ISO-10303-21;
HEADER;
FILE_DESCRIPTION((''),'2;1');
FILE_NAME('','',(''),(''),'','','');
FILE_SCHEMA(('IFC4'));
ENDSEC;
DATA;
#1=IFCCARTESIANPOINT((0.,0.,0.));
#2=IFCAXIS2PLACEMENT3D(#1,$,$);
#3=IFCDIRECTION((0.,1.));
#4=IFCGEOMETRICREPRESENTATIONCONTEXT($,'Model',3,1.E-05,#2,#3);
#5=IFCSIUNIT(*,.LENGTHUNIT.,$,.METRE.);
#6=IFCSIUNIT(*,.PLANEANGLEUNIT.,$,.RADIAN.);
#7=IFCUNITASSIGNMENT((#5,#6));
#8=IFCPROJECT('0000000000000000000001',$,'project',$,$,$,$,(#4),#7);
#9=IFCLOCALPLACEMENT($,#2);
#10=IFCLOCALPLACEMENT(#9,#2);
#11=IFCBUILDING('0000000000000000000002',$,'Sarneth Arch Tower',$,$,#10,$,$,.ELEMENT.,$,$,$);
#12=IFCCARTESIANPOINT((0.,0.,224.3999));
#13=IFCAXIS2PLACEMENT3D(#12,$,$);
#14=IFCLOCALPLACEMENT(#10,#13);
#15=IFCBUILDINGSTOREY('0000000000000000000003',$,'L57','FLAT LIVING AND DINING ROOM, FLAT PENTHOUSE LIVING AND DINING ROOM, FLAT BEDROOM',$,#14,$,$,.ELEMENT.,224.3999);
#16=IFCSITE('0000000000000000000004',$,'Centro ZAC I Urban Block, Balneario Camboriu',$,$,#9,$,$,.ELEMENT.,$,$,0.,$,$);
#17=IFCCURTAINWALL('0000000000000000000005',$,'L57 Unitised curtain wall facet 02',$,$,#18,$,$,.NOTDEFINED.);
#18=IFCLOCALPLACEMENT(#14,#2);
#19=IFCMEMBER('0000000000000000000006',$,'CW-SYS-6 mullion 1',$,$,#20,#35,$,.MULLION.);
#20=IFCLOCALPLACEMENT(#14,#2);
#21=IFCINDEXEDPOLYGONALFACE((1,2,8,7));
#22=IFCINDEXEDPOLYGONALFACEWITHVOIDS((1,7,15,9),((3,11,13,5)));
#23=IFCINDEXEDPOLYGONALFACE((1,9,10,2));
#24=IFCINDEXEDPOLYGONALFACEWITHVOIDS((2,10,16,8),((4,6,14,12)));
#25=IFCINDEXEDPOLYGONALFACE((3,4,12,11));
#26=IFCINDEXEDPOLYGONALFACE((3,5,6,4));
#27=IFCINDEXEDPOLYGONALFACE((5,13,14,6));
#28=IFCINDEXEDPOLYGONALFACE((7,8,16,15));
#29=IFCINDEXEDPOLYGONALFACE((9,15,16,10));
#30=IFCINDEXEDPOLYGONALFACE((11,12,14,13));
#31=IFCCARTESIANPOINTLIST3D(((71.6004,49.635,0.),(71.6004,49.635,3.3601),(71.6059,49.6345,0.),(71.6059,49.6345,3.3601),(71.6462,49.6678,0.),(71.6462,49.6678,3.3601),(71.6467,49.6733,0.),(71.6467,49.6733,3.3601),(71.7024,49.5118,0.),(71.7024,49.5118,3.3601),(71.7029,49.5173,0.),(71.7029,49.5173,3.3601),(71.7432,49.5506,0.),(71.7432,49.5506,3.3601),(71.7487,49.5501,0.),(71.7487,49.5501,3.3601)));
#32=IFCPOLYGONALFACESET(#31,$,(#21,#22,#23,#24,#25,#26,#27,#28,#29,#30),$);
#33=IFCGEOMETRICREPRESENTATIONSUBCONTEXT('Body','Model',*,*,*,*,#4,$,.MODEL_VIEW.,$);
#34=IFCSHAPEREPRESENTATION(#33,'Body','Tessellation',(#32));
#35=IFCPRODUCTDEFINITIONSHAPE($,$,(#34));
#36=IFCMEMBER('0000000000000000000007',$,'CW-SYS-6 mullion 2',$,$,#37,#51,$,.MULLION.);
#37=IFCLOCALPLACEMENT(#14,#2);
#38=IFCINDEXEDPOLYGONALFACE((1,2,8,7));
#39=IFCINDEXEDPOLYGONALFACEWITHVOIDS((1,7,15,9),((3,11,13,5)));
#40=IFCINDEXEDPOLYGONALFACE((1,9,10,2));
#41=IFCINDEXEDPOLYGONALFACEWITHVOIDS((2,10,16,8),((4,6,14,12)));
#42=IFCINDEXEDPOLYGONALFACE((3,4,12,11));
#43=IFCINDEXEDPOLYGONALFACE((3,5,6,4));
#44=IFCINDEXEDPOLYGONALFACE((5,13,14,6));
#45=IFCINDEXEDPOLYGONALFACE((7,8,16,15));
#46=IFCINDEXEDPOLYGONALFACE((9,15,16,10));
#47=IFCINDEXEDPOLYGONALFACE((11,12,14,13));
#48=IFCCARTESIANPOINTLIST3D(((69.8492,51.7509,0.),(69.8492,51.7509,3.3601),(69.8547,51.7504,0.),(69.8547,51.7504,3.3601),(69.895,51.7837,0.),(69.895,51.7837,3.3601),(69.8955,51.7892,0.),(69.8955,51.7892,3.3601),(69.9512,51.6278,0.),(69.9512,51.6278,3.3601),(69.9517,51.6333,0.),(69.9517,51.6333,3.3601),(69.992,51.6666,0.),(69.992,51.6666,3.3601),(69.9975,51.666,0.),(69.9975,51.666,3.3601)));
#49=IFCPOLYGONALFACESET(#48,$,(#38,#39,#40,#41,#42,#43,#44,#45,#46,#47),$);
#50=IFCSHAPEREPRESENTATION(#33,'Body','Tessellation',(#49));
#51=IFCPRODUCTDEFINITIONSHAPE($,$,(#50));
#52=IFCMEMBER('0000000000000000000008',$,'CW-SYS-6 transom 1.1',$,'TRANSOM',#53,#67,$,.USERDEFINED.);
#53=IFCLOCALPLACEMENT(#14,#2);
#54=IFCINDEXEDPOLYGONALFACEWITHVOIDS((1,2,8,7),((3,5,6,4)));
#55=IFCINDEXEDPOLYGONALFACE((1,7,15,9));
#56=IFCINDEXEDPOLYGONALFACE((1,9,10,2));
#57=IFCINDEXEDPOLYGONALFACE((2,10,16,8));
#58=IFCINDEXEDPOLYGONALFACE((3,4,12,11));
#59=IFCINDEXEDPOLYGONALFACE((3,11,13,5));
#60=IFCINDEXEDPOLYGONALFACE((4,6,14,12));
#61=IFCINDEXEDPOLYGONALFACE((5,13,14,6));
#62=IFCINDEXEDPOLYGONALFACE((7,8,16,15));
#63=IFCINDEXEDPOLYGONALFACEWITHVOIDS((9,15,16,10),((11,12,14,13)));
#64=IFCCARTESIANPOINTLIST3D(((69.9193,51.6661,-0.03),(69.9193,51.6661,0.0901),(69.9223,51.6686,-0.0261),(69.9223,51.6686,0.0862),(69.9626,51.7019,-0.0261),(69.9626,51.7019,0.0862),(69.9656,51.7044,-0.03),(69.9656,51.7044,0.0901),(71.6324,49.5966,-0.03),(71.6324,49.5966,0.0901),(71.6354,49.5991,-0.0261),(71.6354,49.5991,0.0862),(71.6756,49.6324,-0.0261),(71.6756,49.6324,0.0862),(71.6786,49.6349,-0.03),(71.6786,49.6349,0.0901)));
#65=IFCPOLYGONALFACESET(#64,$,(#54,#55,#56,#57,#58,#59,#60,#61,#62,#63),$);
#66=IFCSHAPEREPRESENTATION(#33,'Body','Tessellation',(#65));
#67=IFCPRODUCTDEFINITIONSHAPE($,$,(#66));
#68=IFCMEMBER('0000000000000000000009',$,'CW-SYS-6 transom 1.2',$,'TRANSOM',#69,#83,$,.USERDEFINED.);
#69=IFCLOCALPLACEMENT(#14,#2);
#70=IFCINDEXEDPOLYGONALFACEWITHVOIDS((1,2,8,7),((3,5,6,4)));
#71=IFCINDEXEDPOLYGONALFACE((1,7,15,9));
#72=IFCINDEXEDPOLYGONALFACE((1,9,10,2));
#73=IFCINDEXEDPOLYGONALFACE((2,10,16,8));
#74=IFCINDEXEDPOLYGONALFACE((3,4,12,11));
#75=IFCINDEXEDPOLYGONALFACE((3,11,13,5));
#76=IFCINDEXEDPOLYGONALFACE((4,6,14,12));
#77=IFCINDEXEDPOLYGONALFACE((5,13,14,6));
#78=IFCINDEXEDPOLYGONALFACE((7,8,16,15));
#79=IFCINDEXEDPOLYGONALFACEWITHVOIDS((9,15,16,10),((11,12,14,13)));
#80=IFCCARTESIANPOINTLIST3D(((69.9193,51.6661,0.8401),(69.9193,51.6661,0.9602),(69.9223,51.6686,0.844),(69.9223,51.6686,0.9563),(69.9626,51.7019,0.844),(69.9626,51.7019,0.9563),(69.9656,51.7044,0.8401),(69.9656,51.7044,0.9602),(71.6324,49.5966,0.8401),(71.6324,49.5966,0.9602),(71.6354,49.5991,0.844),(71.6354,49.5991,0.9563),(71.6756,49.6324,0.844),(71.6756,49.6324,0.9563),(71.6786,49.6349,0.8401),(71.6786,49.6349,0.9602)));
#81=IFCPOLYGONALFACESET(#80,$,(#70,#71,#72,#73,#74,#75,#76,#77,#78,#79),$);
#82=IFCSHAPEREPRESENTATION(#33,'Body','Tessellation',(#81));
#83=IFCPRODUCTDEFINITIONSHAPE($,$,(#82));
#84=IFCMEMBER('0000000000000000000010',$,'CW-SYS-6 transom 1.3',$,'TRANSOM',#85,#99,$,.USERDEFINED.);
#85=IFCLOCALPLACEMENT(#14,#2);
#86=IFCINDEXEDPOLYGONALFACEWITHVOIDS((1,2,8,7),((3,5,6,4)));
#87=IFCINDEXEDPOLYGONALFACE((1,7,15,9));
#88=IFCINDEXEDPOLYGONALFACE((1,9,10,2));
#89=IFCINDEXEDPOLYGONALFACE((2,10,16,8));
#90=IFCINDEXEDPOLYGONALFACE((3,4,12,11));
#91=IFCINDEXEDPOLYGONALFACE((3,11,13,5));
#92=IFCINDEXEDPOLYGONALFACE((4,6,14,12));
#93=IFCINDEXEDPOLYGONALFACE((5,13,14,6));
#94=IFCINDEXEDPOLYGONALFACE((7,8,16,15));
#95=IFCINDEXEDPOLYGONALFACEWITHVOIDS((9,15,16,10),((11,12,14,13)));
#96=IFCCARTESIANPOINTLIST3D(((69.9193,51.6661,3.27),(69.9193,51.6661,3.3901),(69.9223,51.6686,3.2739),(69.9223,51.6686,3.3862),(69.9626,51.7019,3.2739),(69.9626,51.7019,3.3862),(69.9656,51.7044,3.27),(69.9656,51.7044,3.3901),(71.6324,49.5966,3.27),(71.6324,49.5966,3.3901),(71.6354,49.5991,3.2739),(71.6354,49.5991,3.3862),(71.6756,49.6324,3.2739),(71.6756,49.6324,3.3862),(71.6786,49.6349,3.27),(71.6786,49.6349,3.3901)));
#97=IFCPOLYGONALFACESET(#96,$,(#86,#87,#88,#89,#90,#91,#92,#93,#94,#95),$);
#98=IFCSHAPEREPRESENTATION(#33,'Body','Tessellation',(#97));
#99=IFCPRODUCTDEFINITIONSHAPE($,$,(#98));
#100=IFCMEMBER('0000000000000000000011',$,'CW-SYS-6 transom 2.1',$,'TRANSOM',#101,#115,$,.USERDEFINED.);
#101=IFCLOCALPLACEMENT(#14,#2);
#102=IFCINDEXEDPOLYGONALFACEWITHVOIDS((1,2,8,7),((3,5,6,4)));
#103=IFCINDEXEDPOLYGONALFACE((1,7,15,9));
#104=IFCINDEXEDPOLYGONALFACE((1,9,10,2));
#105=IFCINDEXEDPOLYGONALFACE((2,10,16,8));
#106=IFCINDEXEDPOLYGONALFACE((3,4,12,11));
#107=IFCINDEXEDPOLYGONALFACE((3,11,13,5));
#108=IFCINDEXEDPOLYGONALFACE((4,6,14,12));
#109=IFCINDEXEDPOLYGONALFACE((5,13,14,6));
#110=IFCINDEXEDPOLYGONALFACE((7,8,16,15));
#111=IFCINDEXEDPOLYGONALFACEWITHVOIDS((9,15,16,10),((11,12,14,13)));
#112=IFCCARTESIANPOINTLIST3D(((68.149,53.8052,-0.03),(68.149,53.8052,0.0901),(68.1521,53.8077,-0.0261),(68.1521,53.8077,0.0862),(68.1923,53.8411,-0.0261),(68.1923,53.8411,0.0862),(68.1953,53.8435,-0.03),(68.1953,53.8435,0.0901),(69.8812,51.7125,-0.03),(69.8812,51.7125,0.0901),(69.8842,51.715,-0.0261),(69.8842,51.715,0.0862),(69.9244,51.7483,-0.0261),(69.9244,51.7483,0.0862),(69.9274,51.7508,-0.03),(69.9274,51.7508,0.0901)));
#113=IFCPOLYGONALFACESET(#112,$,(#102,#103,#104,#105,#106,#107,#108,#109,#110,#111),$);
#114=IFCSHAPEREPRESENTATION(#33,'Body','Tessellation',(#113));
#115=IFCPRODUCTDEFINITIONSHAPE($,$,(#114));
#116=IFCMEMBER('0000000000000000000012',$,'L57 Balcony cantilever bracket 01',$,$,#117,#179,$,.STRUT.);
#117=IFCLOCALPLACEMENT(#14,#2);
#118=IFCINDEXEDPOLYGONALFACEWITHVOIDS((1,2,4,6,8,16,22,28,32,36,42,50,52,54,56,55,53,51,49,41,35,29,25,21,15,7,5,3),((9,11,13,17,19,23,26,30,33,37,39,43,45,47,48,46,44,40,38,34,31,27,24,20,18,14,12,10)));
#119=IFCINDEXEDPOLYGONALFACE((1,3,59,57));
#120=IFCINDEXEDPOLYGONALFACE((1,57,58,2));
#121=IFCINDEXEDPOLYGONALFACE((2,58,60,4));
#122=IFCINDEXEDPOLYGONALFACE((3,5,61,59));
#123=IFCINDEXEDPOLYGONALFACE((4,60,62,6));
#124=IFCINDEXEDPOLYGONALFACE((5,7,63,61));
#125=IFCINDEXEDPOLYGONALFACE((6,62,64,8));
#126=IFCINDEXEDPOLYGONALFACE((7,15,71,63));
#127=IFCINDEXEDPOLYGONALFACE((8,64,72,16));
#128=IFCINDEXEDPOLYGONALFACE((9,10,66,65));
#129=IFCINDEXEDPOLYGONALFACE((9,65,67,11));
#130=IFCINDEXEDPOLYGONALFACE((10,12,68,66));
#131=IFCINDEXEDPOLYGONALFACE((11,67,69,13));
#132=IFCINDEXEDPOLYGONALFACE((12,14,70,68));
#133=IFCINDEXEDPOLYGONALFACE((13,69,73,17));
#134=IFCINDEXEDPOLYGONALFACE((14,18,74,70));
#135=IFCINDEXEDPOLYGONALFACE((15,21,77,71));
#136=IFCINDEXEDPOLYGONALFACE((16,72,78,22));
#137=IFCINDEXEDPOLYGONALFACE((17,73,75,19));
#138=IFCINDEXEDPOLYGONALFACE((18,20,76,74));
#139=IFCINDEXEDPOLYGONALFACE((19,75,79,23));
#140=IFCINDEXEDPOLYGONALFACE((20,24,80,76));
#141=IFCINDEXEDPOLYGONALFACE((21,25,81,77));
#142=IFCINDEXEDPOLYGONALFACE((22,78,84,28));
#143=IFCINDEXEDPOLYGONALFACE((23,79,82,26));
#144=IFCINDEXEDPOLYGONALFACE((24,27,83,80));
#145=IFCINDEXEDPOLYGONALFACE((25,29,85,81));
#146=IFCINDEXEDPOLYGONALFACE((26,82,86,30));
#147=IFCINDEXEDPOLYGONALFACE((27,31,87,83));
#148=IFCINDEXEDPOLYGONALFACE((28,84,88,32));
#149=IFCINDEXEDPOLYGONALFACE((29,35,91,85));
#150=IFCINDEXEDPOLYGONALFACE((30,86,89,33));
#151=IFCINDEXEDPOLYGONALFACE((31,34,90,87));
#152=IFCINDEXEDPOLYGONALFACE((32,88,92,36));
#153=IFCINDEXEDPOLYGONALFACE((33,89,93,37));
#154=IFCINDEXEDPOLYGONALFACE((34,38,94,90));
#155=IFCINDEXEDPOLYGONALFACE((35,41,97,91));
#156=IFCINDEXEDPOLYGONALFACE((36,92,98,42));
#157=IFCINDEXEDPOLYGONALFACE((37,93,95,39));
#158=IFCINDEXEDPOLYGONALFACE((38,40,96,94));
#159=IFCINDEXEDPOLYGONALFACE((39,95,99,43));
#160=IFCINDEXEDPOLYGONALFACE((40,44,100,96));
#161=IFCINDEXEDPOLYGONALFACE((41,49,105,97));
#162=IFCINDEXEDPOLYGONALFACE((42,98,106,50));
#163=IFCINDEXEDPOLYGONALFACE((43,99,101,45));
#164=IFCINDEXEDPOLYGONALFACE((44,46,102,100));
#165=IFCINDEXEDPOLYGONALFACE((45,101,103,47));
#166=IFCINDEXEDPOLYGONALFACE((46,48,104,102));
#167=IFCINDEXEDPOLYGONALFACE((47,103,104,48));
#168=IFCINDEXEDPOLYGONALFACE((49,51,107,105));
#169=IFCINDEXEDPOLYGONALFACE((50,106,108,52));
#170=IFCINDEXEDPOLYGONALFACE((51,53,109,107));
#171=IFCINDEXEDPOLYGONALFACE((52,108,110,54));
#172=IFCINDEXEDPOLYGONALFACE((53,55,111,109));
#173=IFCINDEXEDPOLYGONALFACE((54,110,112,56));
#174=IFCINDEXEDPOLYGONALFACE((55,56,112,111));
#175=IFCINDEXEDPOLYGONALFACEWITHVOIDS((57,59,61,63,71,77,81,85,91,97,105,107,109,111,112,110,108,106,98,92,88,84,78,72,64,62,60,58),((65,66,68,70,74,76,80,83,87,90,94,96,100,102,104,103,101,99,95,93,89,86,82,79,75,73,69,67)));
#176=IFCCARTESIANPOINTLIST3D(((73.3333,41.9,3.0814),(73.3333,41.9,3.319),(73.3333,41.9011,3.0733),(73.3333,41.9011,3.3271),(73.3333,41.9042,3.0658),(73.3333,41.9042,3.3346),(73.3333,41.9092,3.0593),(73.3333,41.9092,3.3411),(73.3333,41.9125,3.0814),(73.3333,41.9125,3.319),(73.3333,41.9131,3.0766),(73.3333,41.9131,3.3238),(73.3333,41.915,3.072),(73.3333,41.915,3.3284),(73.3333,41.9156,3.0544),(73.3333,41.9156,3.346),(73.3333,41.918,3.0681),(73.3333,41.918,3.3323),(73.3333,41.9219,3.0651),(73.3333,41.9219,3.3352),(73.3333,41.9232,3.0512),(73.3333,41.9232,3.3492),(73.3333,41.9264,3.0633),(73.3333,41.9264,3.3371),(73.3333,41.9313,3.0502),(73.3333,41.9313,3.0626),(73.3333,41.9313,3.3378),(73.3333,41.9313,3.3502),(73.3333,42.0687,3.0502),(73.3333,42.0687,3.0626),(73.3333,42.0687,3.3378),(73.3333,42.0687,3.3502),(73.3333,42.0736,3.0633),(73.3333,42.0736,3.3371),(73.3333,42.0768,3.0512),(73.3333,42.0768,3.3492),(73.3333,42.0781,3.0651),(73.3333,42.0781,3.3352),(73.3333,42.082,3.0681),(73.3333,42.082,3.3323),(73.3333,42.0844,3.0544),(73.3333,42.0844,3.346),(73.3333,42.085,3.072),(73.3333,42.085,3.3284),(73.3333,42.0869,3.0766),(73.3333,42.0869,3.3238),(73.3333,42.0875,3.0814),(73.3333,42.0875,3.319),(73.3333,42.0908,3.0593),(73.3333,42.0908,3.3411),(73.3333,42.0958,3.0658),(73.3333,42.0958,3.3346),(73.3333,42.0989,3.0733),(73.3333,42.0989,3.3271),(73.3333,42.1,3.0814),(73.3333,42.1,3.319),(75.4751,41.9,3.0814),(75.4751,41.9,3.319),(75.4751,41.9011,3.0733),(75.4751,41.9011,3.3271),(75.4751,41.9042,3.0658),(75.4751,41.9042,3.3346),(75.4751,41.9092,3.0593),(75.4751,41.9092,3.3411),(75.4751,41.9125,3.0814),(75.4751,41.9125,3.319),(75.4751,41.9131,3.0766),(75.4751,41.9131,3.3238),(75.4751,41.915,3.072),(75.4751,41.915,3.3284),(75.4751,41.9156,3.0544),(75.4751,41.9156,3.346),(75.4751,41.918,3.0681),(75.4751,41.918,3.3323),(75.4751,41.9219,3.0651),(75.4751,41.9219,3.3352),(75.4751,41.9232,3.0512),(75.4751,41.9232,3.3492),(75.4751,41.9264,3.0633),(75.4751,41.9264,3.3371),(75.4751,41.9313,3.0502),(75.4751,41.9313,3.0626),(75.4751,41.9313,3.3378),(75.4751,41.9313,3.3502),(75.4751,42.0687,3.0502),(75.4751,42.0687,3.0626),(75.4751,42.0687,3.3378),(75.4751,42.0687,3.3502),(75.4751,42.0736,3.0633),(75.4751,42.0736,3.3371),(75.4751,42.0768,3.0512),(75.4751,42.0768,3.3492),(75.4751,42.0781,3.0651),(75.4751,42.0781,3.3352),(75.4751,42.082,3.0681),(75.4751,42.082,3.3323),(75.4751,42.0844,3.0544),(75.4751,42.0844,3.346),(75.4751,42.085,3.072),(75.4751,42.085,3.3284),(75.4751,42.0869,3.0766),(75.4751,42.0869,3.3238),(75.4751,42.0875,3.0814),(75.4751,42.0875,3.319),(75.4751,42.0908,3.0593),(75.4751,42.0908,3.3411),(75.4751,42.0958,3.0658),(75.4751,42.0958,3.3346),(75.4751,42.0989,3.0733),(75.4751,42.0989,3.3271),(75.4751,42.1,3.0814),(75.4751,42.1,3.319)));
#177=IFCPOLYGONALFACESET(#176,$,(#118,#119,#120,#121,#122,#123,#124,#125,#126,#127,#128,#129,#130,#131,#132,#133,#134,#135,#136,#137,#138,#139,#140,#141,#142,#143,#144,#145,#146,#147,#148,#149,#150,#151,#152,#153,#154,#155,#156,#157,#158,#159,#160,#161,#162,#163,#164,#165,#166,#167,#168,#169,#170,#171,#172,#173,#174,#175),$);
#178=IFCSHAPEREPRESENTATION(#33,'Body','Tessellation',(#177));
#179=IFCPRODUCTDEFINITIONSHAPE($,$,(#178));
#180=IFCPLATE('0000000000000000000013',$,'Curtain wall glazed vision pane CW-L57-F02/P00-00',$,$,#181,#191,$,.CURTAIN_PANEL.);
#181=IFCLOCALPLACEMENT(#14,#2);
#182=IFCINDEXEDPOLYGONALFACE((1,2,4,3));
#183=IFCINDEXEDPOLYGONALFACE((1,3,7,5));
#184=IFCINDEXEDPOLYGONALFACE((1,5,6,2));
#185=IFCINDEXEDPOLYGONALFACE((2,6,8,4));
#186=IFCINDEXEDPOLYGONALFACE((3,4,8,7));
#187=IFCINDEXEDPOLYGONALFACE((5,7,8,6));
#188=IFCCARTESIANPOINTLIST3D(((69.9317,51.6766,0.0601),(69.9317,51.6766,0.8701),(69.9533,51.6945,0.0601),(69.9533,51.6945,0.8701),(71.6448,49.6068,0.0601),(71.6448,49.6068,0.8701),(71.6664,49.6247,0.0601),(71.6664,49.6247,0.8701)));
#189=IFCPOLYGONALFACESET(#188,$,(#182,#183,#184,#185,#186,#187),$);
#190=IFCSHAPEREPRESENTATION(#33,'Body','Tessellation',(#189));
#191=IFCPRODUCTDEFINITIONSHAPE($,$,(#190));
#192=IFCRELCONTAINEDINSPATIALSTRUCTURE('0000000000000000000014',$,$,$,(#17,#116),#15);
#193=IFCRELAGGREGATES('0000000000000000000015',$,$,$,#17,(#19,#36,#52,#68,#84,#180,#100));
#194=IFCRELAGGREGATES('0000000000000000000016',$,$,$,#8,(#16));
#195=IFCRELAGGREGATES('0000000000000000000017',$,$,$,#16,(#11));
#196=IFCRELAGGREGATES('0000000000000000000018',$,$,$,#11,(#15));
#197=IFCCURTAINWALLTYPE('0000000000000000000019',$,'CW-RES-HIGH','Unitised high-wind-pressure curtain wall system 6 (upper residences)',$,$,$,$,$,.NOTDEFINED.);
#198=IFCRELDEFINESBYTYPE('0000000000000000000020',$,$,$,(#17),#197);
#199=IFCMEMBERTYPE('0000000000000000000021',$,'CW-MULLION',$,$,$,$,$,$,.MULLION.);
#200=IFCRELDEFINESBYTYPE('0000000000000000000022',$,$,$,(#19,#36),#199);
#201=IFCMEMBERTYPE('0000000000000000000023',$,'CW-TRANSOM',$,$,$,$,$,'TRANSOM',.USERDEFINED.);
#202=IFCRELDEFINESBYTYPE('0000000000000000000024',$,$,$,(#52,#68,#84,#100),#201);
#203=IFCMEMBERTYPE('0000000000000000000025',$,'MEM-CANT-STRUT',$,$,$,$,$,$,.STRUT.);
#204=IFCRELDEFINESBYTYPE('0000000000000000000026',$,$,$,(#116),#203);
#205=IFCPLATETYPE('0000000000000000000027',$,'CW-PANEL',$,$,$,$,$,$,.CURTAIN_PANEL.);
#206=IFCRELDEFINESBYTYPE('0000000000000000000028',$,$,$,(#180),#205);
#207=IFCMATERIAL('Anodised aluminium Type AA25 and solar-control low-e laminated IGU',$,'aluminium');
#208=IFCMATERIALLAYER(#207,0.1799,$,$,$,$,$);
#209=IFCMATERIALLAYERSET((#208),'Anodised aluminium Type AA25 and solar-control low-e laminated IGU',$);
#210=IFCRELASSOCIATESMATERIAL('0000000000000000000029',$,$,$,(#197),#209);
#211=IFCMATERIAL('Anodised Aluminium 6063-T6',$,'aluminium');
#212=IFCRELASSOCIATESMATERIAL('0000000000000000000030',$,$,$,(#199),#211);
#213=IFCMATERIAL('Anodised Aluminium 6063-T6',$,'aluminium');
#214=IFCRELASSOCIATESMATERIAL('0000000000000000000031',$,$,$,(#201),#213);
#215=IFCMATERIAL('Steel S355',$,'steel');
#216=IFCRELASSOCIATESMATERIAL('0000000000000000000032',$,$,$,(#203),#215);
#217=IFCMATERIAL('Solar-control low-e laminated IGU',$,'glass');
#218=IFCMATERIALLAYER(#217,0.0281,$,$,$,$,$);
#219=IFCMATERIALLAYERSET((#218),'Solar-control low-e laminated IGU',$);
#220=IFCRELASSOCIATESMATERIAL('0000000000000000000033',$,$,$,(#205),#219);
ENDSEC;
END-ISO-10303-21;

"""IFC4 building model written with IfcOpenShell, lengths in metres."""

from ifc_helpers import new_model, si_unit, direction, frame, origin, origin_2d, place, context, subcontext, project, spatial, rectangle, hollow_rectangle, extrude, material, layer, layer_set, material_profile, profile_set, type_object, element, aggregate, save


model = new_model("IFC4")

# Units and contexts
model_context = context("Model", 3, precision=1e-05, world=origin(), true_north=direction((0.0, 1.0)))
body_context = subcontext(model_context, "Body", "Model", "MODEL_VIEW")
ifc_project = project(units=[si_unit("LENGTHUNIT", "METRE"), si_unit("PLANEANGLEUNIT", "RADIAN")], contexts=[model_context])

# Site, building, storey
site_placement = place(None, origin())
site = spatial("IfcSite", under=ifc_project, at=site_placement, Name="Centro ZAC I Urban Block, Balneario Camboriu", CompositionType="ELEMENT", RefElevation=0.0)
building_placement = place(site_placement, origin())
building = spatial("IfcBuilding", under=site, at=building_placement, Name="Sarneth Arch Tower", CompositionType="ELEMENT")
storey_placement = place(building_placement, frame((0.0, 0.0, 224.3999)))
storey = spatial("IfcBuildingStorey", under=building, at=storey_placement, Name="L57", Description="FLAT LIVING AND DINING ROOM, FLAT PENTHOUSE LIVING AND DINING ROOM, FLAT BEDROOM", CompositionType="ELEMENT", Elevation=224.3999)

# Curtain wall, members
ifc_material_1 = material(Name="Anodised aluminium Type AA25 and solar-control low-e laminated IGU", Category="aluminium")
ifc_layer_1 = layer(ifc_material_1, 0.1799)
ifc_layer_set_1 = layer_set([ifc_layer_1], Name="Anodised aluminium Type AA25 and solar-control low-e laminated IGU")
curtain_wall_type = type_object("IfcCurtainWallType", Name="CW-RES-HIGH", Description="Unitised high-wind-pressure curtain wall system 6 (upper residences)", PredefinedType="NOTDEFINED", material=ifc_layer_set_1)
curtain_wall_placement = place(storey_placement, origin())
curtain_wall = element("IfcCurtainWall", 1, at=curtain_wall_placement, inside=storey, type_object=curtain_wall_type, Name="L57 Unitised curtain wall facet 02", PredefinedType="NOTDEFINED")
ifc_material_2 = material(Name="Anodised Aluminium 6063-T6", Category="aluminium")
ifc_material_profile_1 = material_profile(ifc_material_2, hollow_rectangle(XDim=0.0601, YDim=0.1599, WallThickness=0.0039, at=origin_2d()), Name="AL-MULL-160x60x4")
ifc_profile_set_1 = profile_set([ifc_material_profile_1], Name="Anodised Aluminium 6063-T6")
member_type_1 = type_object("IfcMemberType", Name="CW-MULLION", PredefinedType="MULLION", material=ifc_profile_set_1)
member_1_placement = place(storey_placement, frame((71.6746, 49.5925, 0.0), z_axis=(0.0, 0.0, 1.0), x_axis=(-0.770359, -0.63761, 0.0)))
member_1 = element("IfcMember", 2, at=member_1_placement, type_object=member_type_1, Name="CW-SYS-6 mullion 1", PredefinedType="MULLION", context=body_context, shape_type="SweptSolid", body=[
    extrude(hollow_rectangle(XDim=0.0601, YDim=0.1599, WallThickness=0.0039, at=origin_2d()), origin(), (0.0, 0.0, 1.0), 3.3601),
])
member_2_placement = place(storey_placement, frame((69.9233, 51.7085, 0.0), z_axis=(0.0, 0.0, 1.0), x_axis=(-0.770359, -0.63761, 0.0)))
member_2 = element("IfcMember", 3, at=member_2_placement, type_object=member_type_1, Name="CW-SYS-6 mullion 2", PredefinedType="MULLION", context=body_context, shape_type="SweptSolid", body=[
    extrude(hollow_rectangle(XDim=0.0601, YDim=0.1599, WallThickness=0.0039, at=origin_2d()), origin(), (0.0, 0.0, 1.0), 3.3601),
])
ifc_material_3 = material(Name="Anodised Aluminium 6063-T6", Category="aluminium")
ifc_material_profile_2 = material_profile(ifc_material_3, hollow_rectangle(XDim=0.0601, YDim=0.1201, WallThickness=0.0039, at=origin_2d()), Name="AL-TRAN-120x60x4")
ifc_profile_set_2 = profile_set([ifc_material_profile_2], Name="Anodised Aluminium 6063-T6")
member_type_2 = type_object("IfcMemberType", Name="CW-TRANSOM", ElementType="TRANSOM", PredefinedType="USERDEFINED", material=ifc_profile_set_2)
member_3_placement = place(storey_placement, frame((71.6555, 49.6157, 0.03), z_axis=(-0.637651, 0.770325, 0.0), x_axis=(-0.770325, -0.637651, 0.0)))
member_3 = element("IfcMember", 4, at=member_3_placement, type_object=member_type_2, Name="CW-SYS-6 transom 1.1", ObjectType="TRANSOM", PredefinedType="USERDEFINED", context=body_context, shape_type="SweptSolid", body=[
    extrude(hollow_rectangle(XDim=0.0601, YDim=0.1201, WallThickness=0.0039, at=origin_2d()), origin(), (0.0, 0.0, 1.0), 2.6865),
])
member_4_placement = place(storey_placement, frame((71.6555, 49.6157, 0.9001), z_axis=(-0.637651, 0.770325, 0.0), x_axis=(-0.770325, -0.637651, 0.0)))
member_4 = element("IfcMember", 5, at=member_4_placement, type_object=member_type_2, Name="CW-SYS-6 transom 1.2", ObjectType="TRANSOM", PredefinedType="USERDEFINED", context=body_context, shape_type="SweptSolid", body=[
    extrude(hollow_rectangle(XDim=0.0601, YDim=0.1201, WallThickness=0.0039, at=origin_2d()), origin(), (0.0, 0.0, 1.0), 2.6865),
])
member_5_placement = place(storey_placement, frame((71.6555, 49.6157, 3.3301), z_axis=(-0.637651, 0.770325, 0.0), x_axis=(-0.770325, -0.637651, 0.0)))
member_5 = element("IfcMember", 6, at=member_5_placement, type_object=member_type_2, Name="CW-SYS-6 transom 1.3", ObjectType="TRANSOM", PredefinedType="USERDEFINED", context=body_context, shape_type="SweptSolid", body=[
    extrude(hollow_rectangle(XDim=0.0601, YDim=0.1201, WallThickness=0.0039, at=origin_2d()), origin(), (0.0, 0.0, 1.0), 2.6865),
])
member_6_placement = place(storey_placement, frame((69.9043, 51.7317, 0.03), z_axis=(-0.637617, 0.770353, 0.0), x_axis=(-0.770353, -0.637617, 0.0)))
member_6 = element("IfcMember", 7, at=member_6_placement, type_object=member_type_2, Name="CW-SYS-6 transom 2.1", ObjectType="TRANSOM", PredefinedType="USERDEFINED", context=body_context, shape_type="SweptSolid", body=[
    extrude(hollow_rectangle(XDim=0.0601, YDim=0.1201, WallThickness=0.0039, at=origin_2d()), origin(), (0.0, 0.0, 1.0), 2.7166),
])

# Member
ifc_material_4 = material(Name="Steel S355", Category="steel")
ifc_material_profile_3 = material_profile(ifc_material_4, hollow_rectangle(XDim=0.2, YDim=0.3, WallThickness=0.0125, InnerFilletRadius=0.0188, OuterFilletRadius=0.0312, at=origin_2d()), Name="RHS300x200x12.5")
ifc_profile_set_3 = profile_set([ifc_material_profile_3], Name="Steel S355")
member_type_3 = type_object("IfcMemberType", Name="MEM-CANT-STRUT", PredefinedType="STRUT", material=ifc_profile_set_3)
member_7_placement = place(storey_placement, frame((73.3333, 42.0, 3.2002), z_axis=(1.0, 0.0, 0.0), x_axis=(0.0, 1.0, 0.0)))
element("IfcMember", 8, at=member_7_placement, inside=storey, type_object=member_type_3, Name="L57 Balcony cantilever bracket 01", PredefinedType="STRUT", context=body_context, shape_type="SweptSolid", body=[
    extrude(hollow_rectangle(XDim=0.2, YDim=0.3, WallThickness=0.0125, InnerFilletRadius=0.0188, OuterFilletRadius=0.0312, at=origin_2d()), origin(), (0.0, 0.0, 1.0), 2.1418),
])

# Plate
ifc_material_5 = material(Name="Solar-control low-e laminated IGU", Category="glass")
ifc_layer_2 = layer(ifc_material_5, 0.0281)
ifc_layer_set_2 = layer_set([ifc_layer_2], Name="Solar-control low-e laminated IGU")
plate_type_1 = type_object("IfcPlateType", Name="CW-PANEL", PredefinedType="CURTAIN_PANEL", material=ifc_layer_set_2)
plate_1_placement = place(storey_placement, frame((70.7991, 50.6506, 0.0601), z_axis=(0.0, 0.0, 1.0), x_axis=(-0.63761, 0.770359, 0.0)))
plate_1 = element("IfcPlate", 9, at=plate_1_placement, type_object=plate_type_1, Name="Curtain wall glazed vision pane CW-L57-F02/P00-00", PredefinedType="CURTAIN_PANEL", context=body_context, shape_type="SweptSolid", body=[
    extrude(rectangle(XDim=2.6868, YDim=0.0281, at=origin_2d()), origin(), (0.0, 0.0, 1.0), 0.8101),
])
aggregate(curtain_wall, [member_1, member_2, member_3, member_4, member_5, plate_1, member_6])

save(model, "model.ifc")
